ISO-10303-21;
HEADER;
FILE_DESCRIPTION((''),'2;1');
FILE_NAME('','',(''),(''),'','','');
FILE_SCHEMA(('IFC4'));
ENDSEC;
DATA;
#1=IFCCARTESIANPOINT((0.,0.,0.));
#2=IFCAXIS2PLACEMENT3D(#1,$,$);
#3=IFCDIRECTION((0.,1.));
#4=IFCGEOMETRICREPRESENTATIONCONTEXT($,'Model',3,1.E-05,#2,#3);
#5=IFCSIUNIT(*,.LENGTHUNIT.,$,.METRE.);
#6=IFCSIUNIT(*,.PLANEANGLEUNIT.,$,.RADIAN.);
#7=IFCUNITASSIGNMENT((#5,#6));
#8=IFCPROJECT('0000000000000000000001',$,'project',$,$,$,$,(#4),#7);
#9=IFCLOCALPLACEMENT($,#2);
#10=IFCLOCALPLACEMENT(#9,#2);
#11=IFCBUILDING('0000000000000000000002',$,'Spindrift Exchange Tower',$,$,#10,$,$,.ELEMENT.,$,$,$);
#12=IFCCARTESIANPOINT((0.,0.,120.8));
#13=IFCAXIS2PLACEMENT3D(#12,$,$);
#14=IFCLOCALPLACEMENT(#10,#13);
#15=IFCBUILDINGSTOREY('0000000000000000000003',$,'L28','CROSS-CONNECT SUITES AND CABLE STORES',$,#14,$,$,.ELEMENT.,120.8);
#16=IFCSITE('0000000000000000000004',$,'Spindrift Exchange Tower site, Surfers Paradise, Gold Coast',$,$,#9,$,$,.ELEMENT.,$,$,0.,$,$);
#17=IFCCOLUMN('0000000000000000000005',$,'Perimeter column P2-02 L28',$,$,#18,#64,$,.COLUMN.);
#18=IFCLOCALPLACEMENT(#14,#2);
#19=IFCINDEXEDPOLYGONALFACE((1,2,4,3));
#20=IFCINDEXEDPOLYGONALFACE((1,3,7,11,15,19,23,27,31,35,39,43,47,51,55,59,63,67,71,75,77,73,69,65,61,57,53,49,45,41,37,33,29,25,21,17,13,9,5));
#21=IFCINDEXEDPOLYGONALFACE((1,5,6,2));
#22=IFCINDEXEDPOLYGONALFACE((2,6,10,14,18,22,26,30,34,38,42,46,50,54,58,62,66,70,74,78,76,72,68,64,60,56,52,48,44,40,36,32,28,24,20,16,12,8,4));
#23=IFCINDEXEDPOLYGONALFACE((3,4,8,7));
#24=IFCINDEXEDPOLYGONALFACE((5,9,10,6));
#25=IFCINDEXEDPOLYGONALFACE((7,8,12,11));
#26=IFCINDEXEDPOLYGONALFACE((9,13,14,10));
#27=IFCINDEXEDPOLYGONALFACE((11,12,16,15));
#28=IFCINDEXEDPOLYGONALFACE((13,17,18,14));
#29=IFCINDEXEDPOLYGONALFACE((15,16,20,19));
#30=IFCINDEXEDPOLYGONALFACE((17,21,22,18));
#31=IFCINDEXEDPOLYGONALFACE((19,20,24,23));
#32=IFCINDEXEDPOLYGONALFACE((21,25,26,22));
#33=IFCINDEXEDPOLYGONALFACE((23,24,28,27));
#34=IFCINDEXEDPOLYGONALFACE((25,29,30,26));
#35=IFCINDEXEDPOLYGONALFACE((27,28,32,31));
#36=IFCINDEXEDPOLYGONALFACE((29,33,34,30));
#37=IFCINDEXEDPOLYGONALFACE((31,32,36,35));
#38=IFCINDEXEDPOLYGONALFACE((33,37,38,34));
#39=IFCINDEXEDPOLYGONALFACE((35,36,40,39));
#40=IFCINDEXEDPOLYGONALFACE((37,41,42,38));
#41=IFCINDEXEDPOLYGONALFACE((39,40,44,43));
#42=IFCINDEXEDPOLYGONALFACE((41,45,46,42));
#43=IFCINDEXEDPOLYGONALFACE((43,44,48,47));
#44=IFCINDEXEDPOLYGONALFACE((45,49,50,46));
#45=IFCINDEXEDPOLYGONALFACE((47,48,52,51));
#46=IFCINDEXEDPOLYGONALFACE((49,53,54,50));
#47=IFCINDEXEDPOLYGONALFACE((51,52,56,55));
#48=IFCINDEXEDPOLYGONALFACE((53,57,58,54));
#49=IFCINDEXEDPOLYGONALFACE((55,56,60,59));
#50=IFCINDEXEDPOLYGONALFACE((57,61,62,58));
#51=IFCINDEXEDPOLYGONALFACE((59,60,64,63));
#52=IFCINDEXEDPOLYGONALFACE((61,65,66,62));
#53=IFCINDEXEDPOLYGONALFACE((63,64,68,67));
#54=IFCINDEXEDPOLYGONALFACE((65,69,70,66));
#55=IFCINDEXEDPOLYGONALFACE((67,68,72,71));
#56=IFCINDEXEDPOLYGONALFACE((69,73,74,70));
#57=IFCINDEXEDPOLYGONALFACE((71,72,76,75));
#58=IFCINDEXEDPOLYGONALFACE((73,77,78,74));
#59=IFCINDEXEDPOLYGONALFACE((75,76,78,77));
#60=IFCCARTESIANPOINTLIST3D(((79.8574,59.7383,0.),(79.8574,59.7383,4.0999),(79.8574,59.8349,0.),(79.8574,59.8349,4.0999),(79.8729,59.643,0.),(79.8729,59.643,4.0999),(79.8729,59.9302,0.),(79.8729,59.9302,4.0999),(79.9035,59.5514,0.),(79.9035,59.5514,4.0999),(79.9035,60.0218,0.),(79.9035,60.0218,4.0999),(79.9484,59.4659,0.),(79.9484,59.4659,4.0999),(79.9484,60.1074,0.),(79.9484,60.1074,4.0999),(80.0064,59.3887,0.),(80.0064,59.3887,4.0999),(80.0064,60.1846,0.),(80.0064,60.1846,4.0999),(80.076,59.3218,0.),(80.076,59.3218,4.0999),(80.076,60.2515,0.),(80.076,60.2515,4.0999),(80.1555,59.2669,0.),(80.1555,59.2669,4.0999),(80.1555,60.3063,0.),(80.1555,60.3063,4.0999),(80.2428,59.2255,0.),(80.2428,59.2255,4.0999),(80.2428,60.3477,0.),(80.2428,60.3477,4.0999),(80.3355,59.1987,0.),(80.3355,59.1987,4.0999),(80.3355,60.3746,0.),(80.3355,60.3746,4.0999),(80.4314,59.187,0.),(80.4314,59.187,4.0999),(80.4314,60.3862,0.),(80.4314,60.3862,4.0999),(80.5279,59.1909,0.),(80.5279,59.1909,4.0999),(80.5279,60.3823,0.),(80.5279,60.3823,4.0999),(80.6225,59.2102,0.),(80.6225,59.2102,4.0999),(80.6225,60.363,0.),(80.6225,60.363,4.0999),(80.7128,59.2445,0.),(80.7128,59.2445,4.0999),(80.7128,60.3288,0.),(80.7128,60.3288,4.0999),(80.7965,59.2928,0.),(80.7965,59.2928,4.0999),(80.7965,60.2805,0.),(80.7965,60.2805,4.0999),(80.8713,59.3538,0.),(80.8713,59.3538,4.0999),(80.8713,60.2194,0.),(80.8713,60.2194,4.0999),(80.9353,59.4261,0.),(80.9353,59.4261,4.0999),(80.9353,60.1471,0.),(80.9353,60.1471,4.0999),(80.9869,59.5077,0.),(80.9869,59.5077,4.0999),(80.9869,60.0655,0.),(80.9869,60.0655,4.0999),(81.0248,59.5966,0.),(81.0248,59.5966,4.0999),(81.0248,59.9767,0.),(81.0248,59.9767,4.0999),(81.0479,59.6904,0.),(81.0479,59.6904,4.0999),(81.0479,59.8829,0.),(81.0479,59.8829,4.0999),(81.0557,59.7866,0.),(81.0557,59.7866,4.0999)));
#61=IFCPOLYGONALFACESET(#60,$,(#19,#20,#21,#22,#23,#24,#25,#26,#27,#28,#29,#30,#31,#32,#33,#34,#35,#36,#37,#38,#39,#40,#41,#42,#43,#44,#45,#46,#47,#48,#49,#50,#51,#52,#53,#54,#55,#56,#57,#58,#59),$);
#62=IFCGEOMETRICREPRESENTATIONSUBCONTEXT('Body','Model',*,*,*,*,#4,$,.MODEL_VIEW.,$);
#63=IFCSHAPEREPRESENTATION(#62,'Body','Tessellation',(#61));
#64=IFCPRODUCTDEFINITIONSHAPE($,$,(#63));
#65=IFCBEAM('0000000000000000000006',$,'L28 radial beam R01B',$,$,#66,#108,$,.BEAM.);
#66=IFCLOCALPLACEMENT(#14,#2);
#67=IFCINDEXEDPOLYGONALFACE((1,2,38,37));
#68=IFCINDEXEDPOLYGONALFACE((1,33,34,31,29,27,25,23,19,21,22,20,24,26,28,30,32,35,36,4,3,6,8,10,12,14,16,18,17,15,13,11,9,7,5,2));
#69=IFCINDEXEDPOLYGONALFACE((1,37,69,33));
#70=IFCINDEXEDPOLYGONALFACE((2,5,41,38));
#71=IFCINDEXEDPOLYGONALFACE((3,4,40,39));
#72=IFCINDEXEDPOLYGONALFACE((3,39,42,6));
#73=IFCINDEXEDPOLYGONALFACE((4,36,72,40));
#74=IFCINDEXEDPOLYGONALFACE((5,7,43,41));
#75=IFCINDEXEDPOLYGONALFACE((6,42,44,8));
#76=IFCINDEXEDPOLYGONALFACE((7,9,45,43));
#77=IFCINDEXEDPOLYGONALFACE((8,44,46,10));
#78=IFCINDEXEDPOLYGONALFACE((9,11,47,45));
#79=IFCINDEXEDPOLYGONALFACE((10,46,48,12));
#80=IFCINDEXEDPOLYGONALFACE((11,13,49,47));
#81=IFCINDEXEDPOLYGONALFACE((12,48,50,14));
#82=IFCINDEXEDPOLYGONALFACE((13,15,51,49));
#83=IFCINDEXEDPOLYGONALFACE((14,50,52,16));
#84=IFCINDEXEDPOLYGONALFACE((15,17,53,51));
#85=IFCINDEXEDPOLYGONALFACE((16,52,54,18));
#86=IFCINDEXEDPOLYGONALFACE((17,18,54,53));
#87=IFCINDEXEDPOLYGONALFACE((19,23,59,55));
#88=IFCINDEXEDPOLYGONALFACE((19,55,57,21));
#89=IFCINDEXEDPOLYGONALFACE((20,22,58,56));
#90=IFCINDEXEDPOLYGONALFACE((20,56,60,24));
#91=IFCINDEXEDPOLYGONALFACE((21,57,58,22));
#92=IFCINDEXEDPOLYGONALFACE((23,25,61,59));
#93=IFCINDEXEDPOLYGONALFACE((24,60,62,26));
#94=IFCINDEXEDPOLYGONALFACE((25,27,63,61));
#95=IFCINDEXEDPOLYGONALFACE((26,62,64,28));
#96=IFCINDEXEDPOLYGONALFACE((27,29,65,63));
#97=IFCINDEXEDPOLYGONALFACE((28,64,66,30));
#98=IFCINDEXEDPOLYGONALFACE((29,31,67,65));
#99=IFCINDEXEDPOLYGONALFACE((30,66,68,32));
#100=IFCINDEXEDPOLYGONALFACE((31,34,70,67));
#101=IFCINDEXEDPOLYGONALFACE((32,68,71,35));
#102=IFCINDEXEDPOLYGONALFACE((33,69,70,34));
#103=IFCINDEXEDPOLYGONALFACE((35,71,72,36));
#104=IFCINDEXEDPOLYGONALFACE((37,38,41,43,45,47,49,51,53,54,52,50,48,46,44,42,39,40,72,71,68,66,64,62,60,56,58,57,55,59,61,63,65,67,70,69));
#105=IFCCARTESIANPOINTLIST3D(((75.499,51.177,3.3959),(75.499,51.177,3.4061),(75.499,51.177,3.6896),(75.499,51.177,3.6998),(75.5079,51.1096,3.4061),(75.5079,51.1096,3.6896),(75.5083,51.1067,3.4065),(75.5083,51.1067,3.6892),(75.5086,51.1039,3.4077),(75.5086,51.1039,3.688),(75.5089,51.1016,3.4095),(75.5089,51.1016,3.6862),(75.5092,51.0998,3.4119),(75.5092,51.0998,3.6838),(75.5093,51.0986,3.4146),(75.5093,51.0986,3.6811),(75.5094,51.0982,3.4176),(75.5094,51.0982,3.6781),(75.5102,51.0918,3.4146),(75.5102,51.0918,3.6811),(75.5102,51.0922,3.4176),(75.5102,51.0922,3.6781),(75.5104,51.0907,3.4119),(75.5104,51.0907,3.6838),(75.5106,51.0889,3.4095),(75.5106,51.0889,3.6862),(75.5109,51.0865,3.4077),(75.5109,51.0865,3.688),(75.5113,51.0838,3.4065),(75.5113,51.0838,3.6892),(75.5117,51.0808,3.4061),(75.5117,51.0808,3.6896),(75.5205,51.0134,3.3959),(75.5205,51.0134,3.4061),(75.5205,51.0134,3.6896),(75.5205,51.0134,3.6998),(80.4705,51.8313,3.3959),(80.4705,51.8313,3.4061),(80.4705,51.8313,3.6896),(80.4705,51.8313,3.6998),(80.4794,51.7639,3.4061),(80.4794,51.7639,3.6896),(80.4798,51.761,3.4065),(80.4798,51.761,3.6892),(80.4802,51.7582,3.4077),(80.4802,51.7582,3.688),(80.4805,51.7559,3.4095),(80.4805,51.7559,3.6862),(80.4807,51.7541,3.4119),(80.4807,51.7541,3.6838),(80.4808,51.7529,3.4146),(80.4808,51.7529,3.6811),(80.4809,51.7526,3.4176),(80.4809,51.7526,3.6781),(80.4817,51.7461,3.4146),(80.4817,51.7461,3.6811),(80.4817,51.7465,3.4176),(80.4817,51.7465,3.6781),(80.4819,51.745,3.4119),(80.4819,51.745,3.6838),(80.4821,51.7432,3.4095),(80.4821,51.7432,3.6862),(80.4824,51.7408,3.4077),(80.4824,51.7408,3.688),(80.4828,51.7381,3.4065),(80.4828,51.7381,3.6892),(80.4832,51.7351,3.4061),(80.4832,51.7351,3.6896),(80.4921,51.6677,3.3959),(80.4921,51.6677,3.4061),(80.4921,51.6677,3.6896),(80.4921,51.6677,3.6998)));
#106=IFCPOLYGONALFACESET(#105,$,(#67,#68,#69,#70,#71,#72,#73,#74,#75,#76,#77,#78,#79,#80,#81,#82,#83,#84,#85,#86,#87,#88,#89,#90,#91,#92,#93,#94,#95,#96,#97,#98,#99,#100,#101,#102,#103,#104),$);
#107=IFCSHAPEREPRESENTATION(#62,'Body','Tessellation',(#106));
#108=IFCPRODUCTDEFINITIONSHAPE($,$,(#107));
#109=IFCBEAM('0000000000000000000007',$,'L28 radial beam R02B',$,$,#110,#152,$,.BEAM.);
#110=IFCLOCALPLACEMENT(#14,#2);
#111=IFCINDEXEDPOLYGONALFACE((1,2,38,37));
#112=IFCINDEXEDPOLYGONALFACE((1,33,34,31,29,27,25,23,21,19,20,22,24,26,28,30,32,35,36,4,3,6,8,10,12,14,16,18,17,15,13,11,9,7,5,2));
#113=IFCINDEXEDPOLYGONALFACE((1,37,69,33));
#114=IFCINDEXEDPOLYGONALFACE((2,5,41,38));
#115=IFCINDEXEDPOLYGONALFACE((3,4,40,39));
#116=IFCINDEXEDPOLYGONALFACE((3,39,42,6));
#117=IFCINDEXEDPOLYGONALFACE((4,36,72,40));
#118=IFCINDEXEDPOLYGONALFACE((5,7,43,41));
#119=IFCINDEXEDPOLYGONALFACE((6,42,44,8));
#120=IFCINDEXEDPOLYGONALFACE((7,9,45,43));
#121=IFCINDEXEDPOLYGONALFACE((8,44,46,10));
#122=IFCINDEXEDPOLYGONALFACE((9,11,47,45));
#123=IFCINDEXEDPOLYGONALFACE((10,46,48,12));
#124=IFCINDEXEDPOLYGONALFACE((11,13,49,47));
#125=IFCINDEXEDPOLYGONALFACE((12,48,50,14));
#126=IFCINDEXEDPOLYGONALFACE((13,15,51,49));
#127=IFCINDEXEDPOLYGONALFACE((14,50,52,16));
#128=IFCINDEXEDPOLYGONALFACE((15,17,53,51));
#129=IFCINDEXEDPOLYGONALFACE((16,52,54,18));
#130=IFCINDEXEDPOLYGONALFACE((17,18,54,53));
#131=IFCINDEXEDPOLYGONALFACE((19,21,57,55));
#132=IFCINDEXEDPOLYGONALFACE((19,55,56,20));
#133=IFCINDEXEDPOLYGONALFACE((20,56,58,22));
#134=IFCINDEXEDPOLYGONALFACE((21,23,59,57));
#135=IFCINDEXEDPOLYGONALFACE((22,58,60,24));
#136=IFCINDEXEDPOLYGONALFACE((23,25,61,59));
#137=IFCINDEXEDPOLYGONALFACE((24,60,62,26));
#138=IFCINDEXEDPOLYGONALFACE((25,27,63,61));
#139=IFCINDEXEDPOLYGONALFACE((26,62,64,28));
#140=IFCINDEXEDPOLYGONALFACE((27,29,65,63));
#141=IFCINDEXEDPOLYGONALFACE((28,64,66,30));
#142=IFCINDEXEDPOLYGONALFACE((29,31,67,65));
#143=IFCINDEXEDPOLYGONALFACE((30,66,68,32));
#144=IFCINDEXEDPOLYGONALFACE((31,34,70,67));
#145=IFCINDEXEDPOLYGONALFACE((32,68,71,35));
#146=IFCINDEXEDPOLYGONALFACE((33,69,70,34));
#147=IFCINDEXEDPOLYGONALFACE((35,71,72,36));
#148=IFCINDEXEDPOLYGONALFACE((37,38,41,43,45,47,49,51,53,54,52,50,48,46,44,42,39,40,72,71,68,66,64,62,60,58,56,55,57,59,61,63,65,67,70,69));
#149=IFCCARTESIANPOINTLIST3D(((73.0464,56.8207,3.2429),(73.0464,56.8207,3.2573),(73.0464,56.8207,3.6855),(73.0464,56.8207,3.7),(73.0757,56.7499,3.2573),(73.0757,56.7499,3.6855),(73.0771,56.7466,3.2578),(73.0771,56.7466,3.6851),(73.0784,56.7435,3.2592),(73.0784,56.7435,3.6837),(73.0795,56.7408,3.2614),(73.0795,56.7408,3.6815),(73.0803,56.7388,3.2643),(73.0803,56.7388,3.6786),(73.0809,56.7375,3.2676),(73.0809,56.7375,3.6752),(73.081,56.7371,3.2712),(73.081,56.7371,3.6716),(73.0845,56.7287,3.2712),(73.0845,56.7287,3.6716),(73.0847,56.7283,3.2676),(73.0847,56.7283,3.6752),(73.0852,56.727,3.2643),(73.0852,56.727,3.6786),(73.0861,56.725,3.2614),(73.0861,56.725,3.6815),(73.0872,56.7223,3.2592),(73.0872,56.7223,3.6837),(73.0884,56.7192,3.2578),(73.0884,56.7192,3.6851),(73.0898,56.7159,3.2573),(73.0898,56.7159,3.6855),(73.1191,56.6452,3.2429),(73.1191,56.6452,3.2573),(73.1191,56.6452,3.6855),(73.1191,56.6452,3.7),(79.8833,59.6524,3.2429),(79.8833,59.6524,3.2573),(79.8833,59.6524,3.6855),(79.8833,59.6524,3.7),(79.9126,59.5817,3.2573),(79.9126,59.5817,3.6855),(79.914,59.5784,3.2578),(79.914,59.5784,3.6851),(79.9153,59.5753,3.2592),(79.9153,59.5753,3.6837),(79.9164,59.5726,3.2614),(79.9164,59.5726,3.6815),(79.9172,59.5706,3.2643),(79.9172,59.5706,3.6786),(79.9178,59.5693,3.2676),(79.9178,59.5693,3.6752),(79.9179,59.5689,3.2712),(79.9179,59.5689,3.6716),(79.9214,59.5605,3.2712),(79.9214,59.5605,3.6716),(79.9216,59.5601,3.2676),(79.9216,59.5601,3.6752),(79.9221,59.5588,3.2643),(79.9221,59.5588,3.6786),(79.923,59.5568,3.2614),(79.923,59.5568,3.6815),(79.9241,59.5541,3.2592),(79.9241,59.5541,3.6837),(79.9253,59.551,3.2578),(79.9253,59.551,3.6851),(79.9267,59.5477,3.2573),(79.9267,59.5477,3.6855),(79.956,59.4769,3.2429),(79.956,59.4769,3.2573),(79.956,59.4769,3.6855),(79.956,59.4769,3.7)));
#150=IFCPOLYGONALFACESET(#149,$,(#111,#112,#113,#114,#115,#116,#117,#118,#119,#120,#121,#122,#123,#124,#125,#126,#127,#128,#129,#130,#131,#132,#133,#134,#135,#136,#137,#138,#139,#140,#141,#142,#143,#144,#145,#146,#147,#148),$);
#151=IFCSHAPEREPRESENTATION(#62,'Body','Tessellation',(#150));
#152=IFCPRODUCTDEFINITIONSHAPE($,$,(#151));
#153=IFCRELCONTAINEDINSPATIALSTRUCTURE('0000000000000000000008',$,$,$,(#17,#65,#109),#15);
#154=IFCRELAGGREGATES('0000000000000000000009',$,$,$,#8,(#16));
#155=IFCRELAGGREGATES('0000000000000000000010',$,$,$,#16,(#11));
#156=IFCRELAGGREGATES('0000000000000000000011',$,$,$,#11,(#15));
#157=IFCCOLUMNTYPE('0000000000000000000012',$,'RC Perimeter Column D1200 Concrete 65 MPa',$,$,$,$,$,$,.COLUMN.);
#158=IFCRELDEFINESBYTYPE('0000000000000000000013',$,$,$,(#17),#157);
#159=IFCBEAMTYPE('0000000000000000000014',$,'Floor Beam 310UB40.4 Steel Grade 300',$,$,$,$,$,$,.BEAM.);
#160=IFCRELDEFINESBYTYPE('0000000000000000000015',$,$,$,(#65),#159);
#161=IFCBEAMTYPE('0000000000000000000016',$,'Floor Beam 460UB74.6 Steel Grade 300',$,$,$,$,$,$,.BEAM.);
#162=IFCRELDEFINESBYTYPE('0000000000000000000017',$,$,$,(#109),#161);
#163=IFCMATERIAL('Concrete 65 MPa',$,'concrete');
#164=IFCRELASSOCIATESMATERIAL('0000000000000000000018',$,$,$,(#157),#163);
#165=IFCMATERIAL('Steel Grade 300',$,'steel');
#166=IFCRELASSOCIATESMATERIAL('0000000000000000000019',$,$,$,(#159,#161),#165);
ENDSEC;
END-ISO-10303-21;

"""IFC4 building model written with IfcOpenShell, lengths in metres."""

from ifc_helpers import new_model, si_unit, direction, frame, origin, origin_2d, place, context, subcontext, project, spatial, circle, i_section, extrude, source, transform, mapped, material, material_profile, profile_set, type_object, element, save


model = new_model("IFC4")

# Units and contexts
model_context = context("Model", 3, precision=1e-05, world=origin(), true_north=direction((0.0, 1.0)))
body_context = subcontext(model_context, "Body", "Model", "MODEL_VIEW")
ifc_project = project(units=[si_unit("LENGTHUNIT", "METRE"), si_unit("PLANEANGLEUNIT", "RADIAN")], contexts=[model_context])

# Site, building, storey
site_placement = place(None, origin())
site = spatial("IfcSite", under=ifc_project, at=site_placement, Name="Spindrift Exchange Tower site, Surfers Paradise, Gold Coast", CompositionType="ELEMENT", RefElevation=0.0)
building_placement = place(site_placement, origin())
building = spatial("IfcBuilding", under=site, at=building_placement, Name="Spindrift Exchange Tower", CompositionType="ELEMENT")
storey_placement = place(building_placement, frame((0.0, 0.0, 120.8)))
storey = spatial("IfcBuildingStorey", under=building, at=storey_placement, Name="L28", Description="CROSS-CONNECT SUITES AND CABLE STORES", CompositionType="ELEMENT", Elevation=120.8)

# Column
ifc_material_1 = material(Name="Concrete 65 MPa", Category="concrete")
ifc_material_profile_1 = material_profile(ifc_material_1, circle(Radius=0.6001, at=origin_2d()), Name="RC D1200")
ifc_profile_set_1 = profile_set([ifc_material_profile_1], Name="Concrete 65 MPa")
column_type_1 = type_object("IfcColumnType", Name="RC Perimeter Column D1200 Concrete 65 MPa", PredefinedType="COLUMN", material=ifc_profile_set_1)
shared_shape_1 = source(origin(), body_context, "Body", "SweptSolid", [
    extrude(circle(Radius=0.6001, at=origin_2d()), origin(), (0.0, 0.0, 1.0), 4.0999),
])
for number, where, z_axis, x_axis, name in (
    (1, (80.4556, 59.7866, 0.0), (0.0, 0.0, 1.0), (1.0, 0.0, 0.0), "Perimeter column P2-02 L28"),
):
    element("IfcColumn", number, at=place(storey_placement, frame(where, z_axis=z_axis, x_axis=x_axis)), inside=storey, type_object=column_type_1, Name=name, PredefinedType="COLUMN", context=body_context, shape_type="MappedRepresentation", body=[
        mapped(shared_shape_1, transform((0.0, 0.0, 0.0), scale=1.0)),
    ])

# Beams
ifc_material_2 = material(Name="Steel Grade 300", Category="steel")
ifc_material_profile_2 = material_profile(ifc_material_2, i_section(OverallWidth=0.165, OverallDepth=0.304, WebThickness=0.0061, FlangeThickness=0.0103, FilletRadius=0.0115, at=origin_2d()), Name="310UB40.4")
ifc_profile_set_2 = profile_set([ifc_material_profile_2], Name="Steel Grade 300")
beam_type_1 = type_object("IfcBeamType", Name="Floor Beam 310UB40.4 Steel Grade 300", PredefinedType="BEAM", material=ifc_profile_set_2)
shared_shape_2 = source(origin(), body_context, "Body", "SweptSolid", [
    extrude(i_section(OverallWidth=0.165, OverallDepth=0.304, WebThickness=0.0061, FlangeThickness=0.0103, FilletRadius=0.0115, at=origin_2d()), origin(), (0.0, 0.0, 1.0), 5.0144),
])
beam_1_placement = place(storey_placement, frame((75.5098, 51.0952, 3.5479), z_axis=(0.99145, 0.130486, 0.0), x_axis=(-0.130486, 0.99145, 0.0)))
element("IfcBeam", 2, at=beam_1_placement, inside=storey, type_object=beam_type_1, Name="L28 radial beam R01B", PredefinedType="BEAM", context=body_context, shape_type="MappedRepresentation", body=[
    mapped(shared_shape_2, transform((0.0, 0.0, 0.0), scale=1.0)),
])
ifc_material_profile_3 = material_profile(ifc_material_2, i_section(OverallWidth=0.1899, OverallDepth=0.457, WebThickness=0.009, FlangeThickness=0.0144, FilletRadius=0.0139, at=origin_2d()), Name="460UB74.6")
ifc_profile_set_3 = profile_set([ifc_material_profile_3], Name="Steel Grade 300")
beam_type_2 = type_object("IfcBeamType", Name="Floor Beam 460UB74.6 Steel Grade 300", PredefinedType="BEAM", material=ifc_profile_set_3)
shared_shape_3 = source(origin(), body_context, "Body", "SweptSolid", [
    extrude(i_section(OverallWidth=0.1899, OverallDepth=0.457, WebThickness=0.009, FlangeThickness=0.0144, FilletRadius=0.0139, at=origin_2d()), origin(), (0.0, 0.0, 1.0), 7.4001),
])
beam_2_placement = place(storey_placement, frame((73.0828, 56.7329, 3.4714), z_axis=(0.923887, 0.382666, 0.0), x_axis=(-0.382666, 0.923887, 0.0)))
element("IfcBeam", 3, at=beam_2_placement, inside=storey, type_object=beam_type_2, Name="L28 radial beam R02B", PredefinedType="BEAM", context=body_context, shape_type="MappedRepresentation", body=[
    mapped(shared_shape_3, transform((0.0, 0.0, 0.0), scale=1.0)),
])

save(model, "model.ifc")
